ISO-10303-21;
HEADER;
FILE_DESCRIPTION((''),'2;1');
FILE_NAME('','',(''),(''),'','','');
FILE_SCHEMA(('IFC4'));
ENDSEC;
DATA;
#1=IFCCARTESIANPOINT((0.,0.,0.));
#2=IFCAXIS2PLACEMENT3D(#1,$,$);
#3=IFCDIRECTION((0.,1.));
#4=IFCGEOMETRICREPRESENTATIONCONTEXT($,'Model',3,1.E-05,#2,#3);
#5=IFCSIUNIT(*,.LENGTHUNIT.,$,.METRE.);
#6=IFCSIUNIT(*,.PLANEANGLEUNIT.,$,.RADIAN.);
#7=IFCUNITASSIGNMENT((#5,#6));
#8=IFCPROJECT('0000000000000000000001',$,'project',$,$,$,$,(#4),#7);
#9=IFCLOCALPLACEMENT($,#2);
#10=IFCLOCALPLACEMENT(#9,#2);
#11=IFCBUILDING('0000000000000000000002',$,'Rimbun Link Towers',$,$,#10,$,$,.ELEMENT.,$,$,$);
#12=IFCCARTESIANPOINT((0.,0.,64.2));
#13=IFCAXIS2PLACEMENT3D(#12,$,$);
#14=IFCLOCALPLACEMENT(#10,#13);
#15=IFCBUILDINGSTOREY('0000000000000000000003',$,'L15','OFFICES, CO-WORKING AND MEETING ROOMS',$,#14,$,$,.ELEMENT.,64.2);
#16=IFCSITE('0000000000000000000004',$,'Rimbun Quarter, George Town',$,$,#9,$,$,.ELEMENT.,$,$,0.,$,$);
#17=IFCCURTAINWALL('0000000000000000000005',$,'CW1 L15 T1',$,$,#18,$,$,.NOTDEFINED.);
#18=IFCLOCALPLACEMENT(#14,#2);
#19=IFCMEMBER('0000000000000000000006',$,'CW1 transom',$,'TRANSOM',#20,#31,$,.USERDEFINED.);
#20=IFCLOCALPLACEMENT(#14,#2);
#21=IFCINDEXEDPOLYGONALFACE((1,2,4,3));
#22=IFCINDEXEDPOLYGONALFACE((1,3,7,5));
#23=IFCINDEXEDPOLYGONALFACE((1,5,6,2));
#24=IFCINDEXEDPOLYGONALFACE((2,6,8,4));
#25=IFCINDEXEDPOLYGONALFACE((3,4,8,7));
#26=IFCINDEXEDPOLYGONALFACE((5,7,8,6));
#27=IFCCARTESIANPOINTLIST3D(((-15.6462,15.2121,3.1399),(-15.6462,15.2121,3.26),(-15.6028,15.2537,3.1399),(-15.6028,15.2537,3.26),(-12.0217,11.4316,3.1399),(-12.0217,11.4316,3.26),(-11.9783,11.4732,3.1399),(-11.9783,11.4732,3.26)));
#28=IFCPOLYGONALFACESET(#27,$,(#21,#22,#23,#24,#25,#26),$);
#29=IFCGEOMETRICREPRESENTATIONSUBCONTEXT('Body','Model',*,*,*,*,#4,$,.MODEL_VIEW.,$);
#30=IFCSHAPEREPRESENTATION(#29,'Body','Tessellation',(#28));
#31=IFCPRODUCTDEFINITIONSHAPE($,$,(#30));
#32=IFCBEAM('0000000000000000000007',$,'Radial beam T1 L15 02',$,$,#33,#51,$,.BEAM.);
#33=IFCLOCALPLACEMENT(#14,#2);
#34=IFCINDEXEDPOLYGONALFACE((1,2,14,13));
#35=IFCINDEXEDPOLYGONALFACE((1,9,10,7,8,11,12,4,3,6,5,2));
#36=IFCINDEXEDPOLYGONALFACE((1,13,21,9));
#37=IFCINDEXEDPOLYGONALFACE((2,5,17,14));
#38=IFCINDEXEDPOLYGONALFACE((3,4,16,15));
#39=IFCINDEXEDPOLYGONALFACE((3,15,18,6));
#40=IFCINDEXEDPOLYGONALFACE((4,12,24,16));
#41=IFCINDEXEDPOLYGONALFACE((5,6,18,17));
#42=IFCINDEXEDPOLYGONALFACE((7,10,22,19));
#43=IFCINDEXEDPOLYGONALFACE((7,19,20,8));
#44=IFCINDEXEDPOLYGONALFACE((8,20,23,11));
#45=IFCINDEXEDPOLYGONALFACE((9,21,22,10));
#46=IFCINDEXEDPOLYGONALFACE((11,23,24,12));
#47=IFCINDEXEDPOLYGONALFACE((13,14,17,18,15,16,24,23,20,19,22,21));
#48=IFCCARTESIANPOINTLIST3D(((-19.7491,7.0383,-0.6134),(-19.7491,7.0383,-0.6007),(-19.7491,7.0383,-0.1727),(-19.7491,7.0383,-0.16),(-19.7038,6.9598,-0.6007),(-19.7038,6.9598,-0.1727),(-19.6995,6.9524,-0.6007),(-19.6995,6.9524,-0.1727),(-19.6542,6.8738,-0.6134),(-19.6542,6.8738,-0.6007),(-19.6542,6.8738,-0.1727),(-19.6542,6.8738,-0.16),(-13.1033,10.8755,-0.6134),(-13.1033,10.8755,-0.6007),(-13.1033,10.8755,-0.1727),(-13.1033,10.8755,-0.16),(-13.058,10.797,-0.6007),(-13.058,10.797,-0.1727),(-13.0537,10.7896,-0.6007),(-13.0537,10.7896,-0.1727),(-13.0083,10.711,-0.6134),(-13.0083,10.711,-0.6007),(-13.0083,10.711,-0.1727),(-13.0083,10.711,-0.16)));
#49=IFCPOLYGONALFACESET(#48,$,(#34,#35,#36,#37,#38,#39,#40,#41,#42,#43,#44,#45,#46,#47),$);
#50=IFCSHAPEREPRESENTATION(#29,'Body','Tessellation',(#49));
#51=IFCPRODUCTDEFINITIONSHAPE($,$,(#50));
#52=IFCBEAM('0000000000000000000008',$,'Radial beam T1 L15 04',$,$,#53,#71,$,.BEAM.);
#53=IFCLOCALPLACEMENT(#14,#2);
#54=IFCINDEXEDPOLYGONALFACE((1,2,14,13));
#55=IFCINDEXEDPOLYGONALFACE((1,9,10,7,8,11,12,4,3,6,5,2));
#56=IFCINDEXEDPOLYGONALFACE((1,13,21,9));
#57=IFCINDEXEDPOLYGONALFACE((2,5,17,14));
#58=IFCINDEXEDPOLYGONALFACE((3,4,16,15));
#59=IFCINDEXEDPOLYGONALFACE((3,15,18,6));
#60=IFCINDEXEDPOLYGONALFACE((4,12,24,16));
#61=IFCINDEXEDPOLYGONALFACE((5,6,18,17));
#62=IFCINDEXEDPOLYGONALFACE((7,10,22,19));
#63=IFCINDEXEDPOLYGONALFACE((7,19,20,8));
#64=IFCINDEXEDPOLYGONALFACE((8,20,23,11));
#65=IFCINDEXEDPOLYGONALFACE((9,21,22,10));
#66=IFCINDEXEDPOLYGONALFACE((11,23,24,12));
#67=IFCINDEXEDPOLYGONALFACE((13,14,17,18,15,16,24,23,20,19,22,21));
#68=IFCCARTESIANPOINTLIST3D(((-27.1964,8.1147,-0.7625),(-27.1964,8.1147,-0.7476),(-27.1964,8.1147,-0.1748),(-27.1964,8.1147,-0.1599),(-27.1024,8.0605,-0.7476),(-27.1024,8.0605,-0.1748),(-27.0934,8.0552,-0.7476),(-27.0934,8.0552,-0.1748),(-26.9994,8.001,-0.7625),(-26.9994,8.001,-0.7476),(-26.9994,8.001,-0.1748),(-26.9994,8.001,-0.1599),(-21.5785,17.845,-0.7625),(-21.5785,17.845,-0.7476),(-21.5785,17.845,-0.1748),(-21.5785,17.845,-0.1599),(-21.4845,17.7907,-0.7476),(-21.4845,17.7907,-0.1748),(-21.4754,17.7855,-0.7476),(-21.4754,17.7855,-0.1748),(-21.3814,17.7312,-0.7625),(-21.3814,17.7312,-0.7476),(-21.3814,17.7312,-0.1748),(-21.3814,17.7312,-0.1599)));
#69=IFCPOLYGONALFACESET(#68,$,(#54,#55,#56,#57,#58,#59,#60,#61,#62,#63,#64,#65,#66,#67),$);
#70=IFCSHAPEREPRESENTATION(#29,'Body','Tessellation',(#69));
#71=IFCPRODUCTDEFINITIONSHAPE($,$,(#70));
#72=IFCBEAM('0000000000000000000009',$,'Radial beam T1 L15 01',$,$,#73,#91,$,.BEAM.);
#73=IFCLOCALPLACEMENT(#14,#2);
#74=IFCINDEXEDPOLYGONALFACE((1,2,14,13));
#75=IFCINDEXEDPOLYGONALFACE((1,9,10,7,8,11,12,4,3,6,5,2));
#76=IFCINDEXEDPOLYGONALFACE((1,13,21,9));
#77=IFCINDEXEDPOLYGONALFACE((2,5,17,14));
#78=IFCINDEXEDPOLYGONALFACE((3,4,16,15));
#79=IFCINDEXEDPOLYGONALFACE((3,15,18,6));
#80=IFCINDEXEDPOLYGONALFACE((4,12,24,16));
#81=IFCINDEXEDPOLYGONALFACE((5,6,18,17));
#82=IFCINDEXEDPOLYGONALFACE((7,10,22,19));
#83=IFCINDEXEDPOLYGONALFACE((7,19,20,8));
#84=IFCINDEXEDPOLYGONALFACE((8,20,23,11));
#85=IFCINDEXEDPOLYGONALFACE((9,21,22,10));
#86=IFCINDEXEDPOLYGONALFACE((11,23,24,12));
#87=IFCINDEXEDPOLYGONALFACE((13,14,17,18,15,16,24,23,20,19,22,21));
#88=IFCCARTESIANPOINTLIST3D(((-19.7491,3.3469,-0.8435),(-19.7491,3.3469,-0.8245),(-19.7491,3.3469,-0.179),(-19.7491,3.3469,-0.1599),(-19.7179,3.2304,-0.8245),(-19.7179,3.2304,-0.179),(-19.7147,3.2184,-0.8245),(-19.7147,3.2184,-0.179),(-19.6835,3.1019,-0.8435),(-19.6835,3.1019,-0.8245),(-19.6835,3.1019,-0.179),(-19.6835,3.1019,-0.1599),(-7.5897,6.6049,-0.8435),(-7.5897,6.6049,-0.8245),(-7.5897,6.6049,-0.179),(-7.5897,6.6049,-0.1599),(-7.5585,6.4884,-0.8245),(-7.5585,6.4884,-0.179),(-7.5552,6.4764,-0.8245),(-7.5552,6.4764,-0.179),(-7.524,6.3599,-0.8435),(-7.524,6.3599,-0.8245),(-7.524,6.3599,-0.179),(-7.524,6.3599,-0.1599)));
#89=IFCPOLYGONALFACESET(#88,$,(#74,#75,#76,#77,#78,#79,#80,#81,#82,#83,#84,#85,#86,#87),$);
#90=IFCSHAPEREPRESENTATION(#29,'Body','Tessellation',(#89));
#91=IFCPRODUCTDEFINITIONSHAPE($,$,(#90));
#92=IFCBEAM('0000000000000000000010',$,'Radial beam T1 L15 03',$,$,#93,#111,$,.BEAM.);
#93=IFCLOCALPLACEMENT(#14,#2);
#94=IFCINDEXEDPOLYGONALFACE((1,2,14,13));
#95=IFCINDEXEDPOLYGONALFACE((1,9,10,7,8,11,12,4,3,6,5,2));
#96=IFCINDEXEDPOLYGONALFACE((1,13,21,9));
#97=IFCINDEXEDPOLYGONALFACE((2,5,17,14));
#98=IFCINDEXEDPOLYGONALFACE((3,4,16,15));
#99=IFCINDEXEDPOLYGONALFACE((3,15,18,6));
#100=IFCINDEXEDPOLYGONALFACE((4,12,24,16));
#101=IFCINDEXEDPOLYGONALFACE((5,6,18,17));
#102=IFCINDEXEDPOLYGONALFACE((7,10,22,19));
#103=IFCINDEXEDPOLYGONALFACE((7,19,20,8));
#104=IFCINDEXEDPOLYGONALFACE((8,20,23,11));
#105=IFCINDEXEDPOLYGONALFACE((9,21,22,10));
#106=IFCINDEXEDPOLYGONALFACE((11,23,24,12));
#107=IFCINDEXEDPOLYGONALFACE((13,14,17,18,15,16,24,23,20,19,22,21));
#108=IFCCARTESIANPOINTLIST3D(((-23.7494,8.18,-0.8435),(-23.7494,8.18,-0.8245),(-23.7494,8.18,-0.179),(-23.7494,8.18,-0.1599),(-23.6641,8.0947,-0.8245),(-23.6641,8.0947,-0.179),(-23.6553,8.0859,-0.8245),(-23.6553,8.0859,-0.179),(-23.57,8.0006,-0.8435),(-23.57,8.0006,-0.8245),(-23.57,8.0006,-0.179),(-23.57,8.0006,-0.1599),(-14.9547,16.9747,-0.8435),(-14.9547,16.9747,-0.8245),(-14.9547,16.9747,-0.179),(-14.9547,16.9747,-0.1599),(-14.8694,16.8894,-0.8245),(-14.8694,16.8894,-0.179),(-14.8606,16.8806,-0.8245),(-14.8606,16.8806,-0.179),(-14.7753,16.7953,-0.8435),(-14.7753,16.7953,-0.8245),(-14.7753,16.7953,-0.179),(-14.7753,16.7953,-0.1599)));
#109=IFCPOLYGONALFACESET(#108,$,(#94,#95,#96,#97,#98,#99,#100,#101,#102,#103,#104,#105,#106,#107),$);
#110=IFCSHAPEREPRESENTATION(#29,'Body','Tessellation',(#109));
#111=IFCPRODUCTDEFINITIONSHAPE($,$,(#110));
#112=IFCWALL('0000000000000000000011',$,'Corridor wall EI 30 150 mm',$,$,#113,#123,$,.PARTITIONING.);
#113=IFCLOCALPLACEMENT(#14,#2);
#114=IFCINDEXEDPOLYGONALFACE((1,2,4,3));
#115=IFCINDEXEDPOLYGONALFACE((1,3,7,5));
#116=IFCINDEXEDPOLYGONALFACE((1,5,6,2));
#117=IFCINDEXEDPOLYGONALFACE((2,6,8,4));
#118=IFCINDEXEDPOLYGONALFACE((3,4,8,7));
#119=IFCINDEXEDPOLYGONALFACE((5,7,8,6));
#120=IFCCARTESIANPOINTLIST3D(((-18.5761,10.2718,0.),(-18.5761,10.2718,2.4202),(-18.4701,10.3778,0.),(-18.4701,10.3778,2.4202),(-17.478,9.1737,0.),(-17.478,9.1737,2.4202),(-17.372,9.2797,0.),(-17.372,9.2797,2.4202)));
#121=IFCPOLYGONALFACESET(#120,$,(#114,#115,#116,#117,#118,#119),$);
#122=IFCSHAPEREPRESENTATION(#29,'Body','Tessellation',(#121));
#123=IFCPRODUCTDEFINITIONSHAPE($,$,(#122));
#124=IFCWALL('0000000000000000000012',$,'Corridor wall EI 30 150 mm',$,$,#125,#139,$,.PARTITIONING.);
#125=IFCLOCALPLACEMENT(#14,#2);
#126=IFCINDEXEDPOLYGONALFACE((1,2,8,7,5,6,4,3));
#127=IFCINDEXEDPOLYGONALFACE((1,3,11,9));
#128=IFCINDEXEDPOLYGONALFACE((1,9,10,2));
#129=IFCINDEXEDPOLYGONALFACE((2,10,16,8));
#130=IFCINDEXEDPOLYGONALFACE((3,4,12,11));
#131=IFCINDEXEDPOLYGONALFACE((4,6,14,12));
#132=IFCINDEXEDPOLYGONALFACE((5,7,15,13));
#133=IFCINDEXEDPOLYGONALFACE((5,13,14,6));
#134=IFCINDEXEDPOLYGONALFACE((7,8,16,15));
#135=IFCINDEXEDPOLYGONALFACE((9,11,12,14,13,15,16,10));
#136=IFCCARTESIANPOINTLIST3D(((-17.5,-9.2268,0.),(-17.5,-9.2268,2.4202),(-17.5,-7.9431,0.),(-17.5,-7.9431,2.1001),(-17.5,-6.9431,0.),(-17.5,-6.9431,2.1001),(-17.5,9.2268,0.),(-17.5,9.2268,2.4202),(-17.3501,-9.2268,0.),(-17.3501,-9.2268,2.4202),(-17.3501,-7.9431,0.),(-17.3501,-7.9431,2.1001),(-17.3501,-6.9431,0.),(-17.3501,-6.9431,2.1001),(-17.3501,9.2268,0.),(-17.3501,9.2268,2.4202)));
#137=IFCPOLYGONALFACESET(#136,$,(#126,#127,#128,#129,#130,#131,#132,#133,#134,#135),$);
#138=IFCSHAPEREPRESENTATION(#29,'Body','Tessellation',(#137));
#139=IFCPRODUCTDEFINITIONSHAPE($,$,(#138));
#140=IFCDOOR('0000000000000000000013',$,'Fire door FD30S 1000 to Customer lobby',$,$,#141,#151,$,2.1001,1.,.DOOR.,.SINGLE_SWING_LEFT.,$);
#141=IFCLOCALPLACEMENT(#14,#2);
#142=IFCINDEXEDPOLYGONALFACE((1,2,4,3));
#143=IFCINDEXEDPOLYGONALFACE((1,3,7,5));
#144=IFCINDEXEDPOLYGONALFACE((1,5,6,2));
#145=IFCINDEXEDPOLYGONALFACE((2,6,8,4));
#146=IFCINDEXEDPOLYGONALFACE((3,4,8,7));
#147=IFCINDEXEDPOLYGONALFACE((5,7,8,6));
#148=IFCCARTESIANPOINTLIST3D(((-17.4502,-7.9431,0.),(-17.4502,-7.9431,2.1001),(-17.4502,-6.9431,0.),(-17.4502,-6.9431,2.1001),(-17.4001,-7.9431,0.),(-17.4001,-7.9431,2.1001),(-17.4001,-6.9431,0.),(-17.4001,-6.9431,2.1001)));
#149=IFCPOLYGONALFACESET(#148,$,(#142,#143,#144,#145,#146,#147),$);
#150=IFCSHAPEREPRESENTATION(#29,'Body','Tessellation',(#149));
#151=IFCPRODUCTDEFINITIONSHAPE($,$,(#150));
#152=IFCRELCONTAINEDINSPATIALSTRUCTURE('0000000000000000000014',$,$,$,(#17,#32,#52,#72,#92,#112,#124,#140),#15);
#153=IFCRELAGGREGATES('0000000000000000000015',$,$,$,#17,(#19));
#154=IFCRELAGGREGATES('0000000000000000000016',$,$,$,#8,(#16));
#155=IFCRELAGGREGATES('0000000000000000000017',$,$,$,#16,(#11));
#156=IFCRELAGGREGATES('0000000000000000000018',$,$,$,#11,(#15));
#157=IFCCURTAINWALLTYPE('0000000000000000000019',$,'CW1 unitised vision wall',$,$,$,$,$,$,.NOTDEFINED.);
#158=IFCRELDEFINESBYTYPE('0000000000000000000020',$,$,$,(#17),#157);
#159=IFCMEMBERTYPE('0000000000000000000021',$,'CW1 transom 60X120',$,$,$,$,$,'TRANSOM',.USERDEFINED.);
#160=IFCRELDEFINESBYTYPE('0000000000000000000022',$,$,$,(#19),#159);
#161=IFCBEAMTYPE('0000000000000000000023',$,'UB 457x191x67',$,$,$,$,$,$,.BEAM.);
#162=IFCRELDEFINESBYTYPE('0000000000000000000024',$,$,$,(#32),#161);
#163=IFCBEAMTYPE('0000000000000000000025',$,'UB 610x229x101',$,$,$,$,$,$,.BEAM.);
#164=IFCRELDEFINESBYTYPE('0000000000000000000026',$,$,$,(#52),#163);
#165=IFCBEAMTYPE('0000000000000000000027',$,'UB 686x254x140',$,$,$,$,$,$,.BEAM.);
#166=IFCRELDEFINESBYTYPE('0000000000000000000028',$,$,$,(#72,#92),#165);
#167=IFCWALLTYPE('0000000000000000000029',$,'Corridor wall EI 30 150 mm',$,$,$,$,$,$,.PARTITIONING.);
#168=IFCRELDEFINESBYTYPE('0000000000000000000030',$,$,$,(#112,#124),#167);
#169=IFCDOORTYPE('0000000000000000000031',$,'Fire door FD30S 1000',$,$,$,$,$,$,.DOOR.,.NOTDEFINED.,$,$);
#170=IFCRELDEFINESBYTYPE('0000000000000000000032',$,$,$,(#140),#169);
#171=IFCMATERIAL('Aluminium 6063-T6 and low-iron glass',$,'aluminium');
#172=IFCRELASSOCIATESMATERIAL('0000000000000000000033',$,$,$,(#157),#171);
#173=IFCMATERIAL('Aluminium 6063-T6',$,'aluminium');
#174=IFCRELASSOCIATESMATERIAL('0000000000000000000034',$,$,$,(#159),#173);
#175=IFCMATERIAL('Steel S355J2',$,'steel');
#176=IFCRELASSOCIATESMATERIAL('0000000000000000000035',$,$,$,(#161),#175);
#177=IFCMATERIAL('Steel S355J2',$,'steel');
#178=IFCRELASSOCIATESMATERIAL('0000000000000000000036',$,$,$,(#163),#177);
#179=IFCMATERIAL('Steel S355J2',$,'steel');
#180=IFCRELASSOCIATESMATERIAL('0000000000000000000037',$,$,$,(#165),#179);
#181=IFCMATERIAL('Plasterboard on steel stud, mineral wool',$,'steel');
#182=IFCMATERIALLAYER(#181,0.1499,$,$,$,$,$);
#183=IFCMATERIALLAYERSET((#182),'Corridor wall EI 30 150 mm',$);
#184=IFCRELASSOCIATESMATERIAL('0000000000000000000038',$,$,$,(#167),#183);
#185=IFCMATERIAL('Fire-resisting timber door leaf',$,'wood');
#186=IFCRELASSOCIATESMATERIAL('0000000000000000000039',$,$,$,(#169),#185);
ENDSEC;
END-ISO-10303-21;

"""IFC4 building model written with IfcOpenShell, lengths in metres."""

from ifc_helpers import new_model, si_unit, direction, frame, frame_2d, origin, origin_2d, place, context, subcontext, project, spatial, rectangle, i_section, extrude, material, layer, layer_set, material_profile, profile_set, type_object, element, fill, aggregate, save


model = new_model("IFC4")

# Units and contexts
model_context = context("Model", 3, precision=1e-05, world=origin(), true_north=direction((0.0, 1.0)))
body_context = subcontext(model_context, "Body", "Model", "MODEL_VIEW")
ifc_project = project(units=[si_unit("LENGTHUNIT", "METRE"), si_unit("PLANEANGLEUNIT", "RADIAN")], contexts=[model_context])

# Site, building, storey
site_placement = place(None, origin())
site = spatial("IfcSite", under=ifc_project, at=site_placement, Name="Rimbun Quarter, George Town", CompositionType="ELEMENT", RefElevation=0.0)
building_placement = place(site_placement, origin())
building = spatial("IfcBuilding", under=site, at=building_placement, Name="Rimbun Link Towers", CompositionType="ELEMENT")
storey_placement = place(building_placement, frame((0.0, 0.0, 64.2)))
storey = spatial("IfcBuildingStorey", under=building, at=storey_placement, Name="L15", Description="OFFICES, CO-WORKING AND MEETING ROOMS", CompositionType="ELEMENT", Elevation=64.2)

# Curtain wall, member
ifc_material_1 = material(Name="Aluminium 6063-T6 and low-iron glass", Category="aluminium")
curtain_wall_type = type_object("IfcCurtainWallType", Name="CW1 unitised vision wall", PredefinedType="NOTDEFINED", material=ifc_material_1)
curtain_wall_placement = place(storey_placement, origin())
curtain_wall = element("IfcCurtainWall", 1, at=curtain_wall_placement, inside=storey, type_object=curtain_wall_type, Name="CW1 L15 T1", PredefinedType="NOTDEFINED")
ifc_material_2 = material(Name="Aluminium 6063-T6", Category="aluminium")
ifc_material_profile_1 = material_profile(ifc_material_2, rectangle(XDim=0.0601, YDim=0.1201, at=origin_2d()), Name="TRANSOM 60X120")
ifc_profile_set_1 = profile_set([ifc_material_profile_1], Name="Aluminium 6063-T6")
member_type = type_object("IfcMemberType", Name="CW1 transom 60X120", ElementType="TRANSOM", PredefinedType="USERDEFINED", material=ifc_profile_set_1)
member_placement = place(storey_placement, frame((-15.6245, 15.2329, 3.2), z_axis=(0.692056, -0.721844, 0.0), x_axis=(0.721844, 0.692056, 0.0)))
member = element("IfcMember", 2, at=member_placement, type_object=member_type, Name="CW1 transom", ObjectType="TRANSOM", PredefinedType="USERDEFINED", context=body_context, shape_type="SweptSolid", body=[
    extrude(rectangle(XDim=0.0601, YDim=0.1201, at=origin_2d()), origin(), (0.0, 0.0, 1.0), 5.2373),
])
aggregate(curtain_wall, [member])

# Beams
ifc_material_3 = material(Name="Steel S355J2", Category="steel")
ifc_material_profile_2 = material_profile(ifc_material_3, i_section(OverallWidth=0.1899, OverallDepth=0.4534, WebThickness=0.0085, FlangeThickness=0.0127, at=origin_2d()), Name="UB 457x191x67")
ifc_profile_set_2 = profile_set([ifc_material_profile_2], Name="Steel S355J2")
beam_type_1 = type_object("IfcBeamType", Name="UB 457x191x67", PredefinedType="BEAM", material=ifc_profile_set_2)
beam_1_placement = place(storey_placement, frame((-19.7017, 6.9561, -0.3867), z_axis=(0.866012, 0.500023, 0.0), x_axis=(-0.500023, 0.866012, 0.0)))
element("IfcBeam", 3, at=beam_1_placement, inside=storey, type_object=beam_type_1, Name="Radial beam T1 L15 02", PredefinedType="BEAM", context=body_context, shape_type="SweptSolid", body=[
    extrude(i_section(OverallWidth=0.1899, OverallDepth=0.4534, WebThickness=0.0085, FlangeThickness=0.0127, at=origin_2d()), origin(), (0.0, 0.0, 1.0), 7.6741),
])
ifc_material_4 = material(Name="Steel S355J2", Category="steel")
ifc_material_profile_3 = material_profile(ifc_material_4, i_section(OverallWidth=0.2275, OverallDepth=0.6025, WebThickness=0.0105, FlangeThickness=0.0149, at=origin_2d()), Name="UB 610x229x101")
ifc_profile_set_3 = profile_set([ifc_material_profile_3], Name="Steel S355J2")
beam_type_2 = type_object("IfcBeamType", Name="UB 610x229x101", PredefinedType="BEAM", material=ifc_profile_set_3)
beam_2_placement = place(storey_placement, frame((-27.0979, 8.0579, -0.4612), z_axis=(0.500011, 0.866019, 0.0), x_axis=(-0.866019, 0.500011, 0.0)))
element("IfcBeam", 4, at=beam_2_placement, inside=storey, type_object=beam_type_2, Name="Radial beam T1 L15 04", PredefinedType="BEAM", context=body_context, shape_type="SweptSolid", body=[
    extrude(i_section(OverallWidth=0.2275, OverallDepth=0.6025, WebThickness=0.0105, FlangeThickness=0.0149, at=origin_2d()), origin(), (0.0, 0.0, 1.0), 11.2356),
])
ifc_material_5 = material(Name="Steel S355J2", Category="steel")
ifc_material_profile_4 = material_profile(ifc_material_5, i_section(OverallWidth=0.2537, OverallDepth=0.6836, WebThickness=0.0125, FlangeThickness=0.019, at=origin_2d()), Name="UB 686x254x140")
ifc_profile_set_4 = profile_set([ifc_material_profile_4], Name="Steel S355J2")
beam_type_3 = type_object("IfcBeamType", Name="UB 686x254x140", PredefinedType="BEAM", material=ifc_profile_set_4)
beam_3_placement = place(storey_placement, frame((-19.7163, 3.2244, -0.5017), z_axis=(0.965927, 0.258815, 0.0), x_axis=(-0.258815, 0.965927, 0.0)))
element("IfcBeam", 5, at=beam_3_placement, inside=storey, type_object=beam_type_3, Name="Radial beam T1 L15 01", PredefinedType="BEAM", context=body_context, shape_type="SweptSolid", body=[
    extrude(i_section(OverallWidth=0.2537, OverallDepth=0.6836, WebThickness=0.0125, FlangeThickness=0.019, at=origin_2d()), origin(), (0.0, 0.0, 1.0), 12.5884),
])
beam_4_placement = place(storey_placement, frame((-23.6597, 8.0903, -0.5017), z_axis=(0.707107, 0.707107, 0.0), x_axis=(-0.707107, 0.707107, 0.0)))
element("IfcBeam", 6, at=beam_4_placement, inside=storey, type_object=beam_type_3, Name="Radial beam T1 L15 03", PredefinedType="BEAM", context=body_context, shape_type="SweptSolid", body=[
    extrude(i_section(OverallWidth=0.2537, OverallDepth=0.6836, WebThickness=0.0125, FlangeThickness=0.019, at=origin_2d()), origin(), (0.0, 0.0, 1.0), 12.4375),
])

# Wall
ifc_material_6 = material(Name="Plasterboard on steel stud, mineral wool", Category="steel")
ifc_layer_1 = layer(ifc_material_6, 0.1499)
ifc_layer_set_1 = layer_set([ifc_layer_1], Name="Corridor wall EI 30 150 mm")
wall_type_1 = type_object("IfcWallType", Name="Corridor wall EI 30 150 mm", PredefinedType="PARTITIONING", material=ifc_layer_set_1)
wall_1_placement = place(storey_placement, frame((-17.425, 9.2268, 0.0), z_axis=(0.0, 0.0, 1.0), x_axis=(-0.707107, 0.707107, 0.0)))
element("IfcWall", 7, at=wall_1_placement, inside=storey, type_object=wall_type_1, Name="Corridor wall EI 30 150 mm", PredefinedType="PARTITIONING", context=body_context, shape_type="SweptSolid", body=[
    extrude(rectangle(XDim=1.553, YDim=0.1499, at=frame_2d((0.7764, 0.0))), origin(), (0.0, 0.0, 1.0), 2.4202),
])

# Wall, opening, door
wall_2_placement = place(storey_placement, frame((-17.425, 9.2268, 0.0), z_axis=(0.0, 0.0, 1.0), x_axis=(0.0, -1.0, 0.0)))
wall_2 = element("IfcWall", 8, at=wall_2_placement, inside=storey, type_object=wall_type_1, Name="Corridor wall EI 30 150 mm", PredefinedType="PARTITIONING", context=body_context, shape_type="SweptSolid", body=[
    extrude(rectangle(XDim=18.4536, YDim=0.1499, at=frame_2d((9.2268, 0.0))), origin(), (0.0, 0.0, 1.0), 2.4202),
])
opening_1_placement = place(wall_2_placement, frame((16.1699, 0.0, 0.0)))
opening_1 = element("IfcOpeningElement", 9, at=opening_1_placement, cuts=wall_2, PredefinedType="OPENING", context=body_context, shape_type="SweptSolid", body=[
    extrude(rectangle(XDim=1.0, YDim=2.1001, at=frame_2d((0.5, 1.05))), frame((0.0, 0.085, 0.0), z_axis=(0.0, -1.0, 0.0), x_axis=(1.0, 0.0, 0.0)), (0.0, 0.0, 1.0), 0.1699),
])
ifc_material_7 = material(Name="Fire-resisting timber door leaf", Category="wood")
door_type_1 = type_object("IfcDoorType", Name="Fire door FD30S 1000", OperationType="NOTDEFINED", PredefinedType="DOOR", material=ifc_material_7)
door_1_placement = place(opening_1_placement, origin())
door_1 = element("IfcDoor", 10, at=door_1_placement, inside=storey, type_object=door_type_1, Name="Fire door FD30S 1000 to Customer lobby", OperationType="SINGLE_SWING_LEFT", OverallHeight=2.1001, OverallWidth=1.0, PredefinedType="DOOR", context=body_context, shape_type="SweptSolid", body=[
    extrude(rectangle(XDim=1.0, YDim=2.1001, at=frame_2d((0.5, 1.05))), frame((0.0, 0.0249, 0.0), z_axis=(0.0, -1.0, 0.0), x_axis=(1.0, 0.0, 0.0)), (0.0, 0.0, 1.0), 0.05),
])
fill(opening_1, door_1)

save(model, "model.ifc")
